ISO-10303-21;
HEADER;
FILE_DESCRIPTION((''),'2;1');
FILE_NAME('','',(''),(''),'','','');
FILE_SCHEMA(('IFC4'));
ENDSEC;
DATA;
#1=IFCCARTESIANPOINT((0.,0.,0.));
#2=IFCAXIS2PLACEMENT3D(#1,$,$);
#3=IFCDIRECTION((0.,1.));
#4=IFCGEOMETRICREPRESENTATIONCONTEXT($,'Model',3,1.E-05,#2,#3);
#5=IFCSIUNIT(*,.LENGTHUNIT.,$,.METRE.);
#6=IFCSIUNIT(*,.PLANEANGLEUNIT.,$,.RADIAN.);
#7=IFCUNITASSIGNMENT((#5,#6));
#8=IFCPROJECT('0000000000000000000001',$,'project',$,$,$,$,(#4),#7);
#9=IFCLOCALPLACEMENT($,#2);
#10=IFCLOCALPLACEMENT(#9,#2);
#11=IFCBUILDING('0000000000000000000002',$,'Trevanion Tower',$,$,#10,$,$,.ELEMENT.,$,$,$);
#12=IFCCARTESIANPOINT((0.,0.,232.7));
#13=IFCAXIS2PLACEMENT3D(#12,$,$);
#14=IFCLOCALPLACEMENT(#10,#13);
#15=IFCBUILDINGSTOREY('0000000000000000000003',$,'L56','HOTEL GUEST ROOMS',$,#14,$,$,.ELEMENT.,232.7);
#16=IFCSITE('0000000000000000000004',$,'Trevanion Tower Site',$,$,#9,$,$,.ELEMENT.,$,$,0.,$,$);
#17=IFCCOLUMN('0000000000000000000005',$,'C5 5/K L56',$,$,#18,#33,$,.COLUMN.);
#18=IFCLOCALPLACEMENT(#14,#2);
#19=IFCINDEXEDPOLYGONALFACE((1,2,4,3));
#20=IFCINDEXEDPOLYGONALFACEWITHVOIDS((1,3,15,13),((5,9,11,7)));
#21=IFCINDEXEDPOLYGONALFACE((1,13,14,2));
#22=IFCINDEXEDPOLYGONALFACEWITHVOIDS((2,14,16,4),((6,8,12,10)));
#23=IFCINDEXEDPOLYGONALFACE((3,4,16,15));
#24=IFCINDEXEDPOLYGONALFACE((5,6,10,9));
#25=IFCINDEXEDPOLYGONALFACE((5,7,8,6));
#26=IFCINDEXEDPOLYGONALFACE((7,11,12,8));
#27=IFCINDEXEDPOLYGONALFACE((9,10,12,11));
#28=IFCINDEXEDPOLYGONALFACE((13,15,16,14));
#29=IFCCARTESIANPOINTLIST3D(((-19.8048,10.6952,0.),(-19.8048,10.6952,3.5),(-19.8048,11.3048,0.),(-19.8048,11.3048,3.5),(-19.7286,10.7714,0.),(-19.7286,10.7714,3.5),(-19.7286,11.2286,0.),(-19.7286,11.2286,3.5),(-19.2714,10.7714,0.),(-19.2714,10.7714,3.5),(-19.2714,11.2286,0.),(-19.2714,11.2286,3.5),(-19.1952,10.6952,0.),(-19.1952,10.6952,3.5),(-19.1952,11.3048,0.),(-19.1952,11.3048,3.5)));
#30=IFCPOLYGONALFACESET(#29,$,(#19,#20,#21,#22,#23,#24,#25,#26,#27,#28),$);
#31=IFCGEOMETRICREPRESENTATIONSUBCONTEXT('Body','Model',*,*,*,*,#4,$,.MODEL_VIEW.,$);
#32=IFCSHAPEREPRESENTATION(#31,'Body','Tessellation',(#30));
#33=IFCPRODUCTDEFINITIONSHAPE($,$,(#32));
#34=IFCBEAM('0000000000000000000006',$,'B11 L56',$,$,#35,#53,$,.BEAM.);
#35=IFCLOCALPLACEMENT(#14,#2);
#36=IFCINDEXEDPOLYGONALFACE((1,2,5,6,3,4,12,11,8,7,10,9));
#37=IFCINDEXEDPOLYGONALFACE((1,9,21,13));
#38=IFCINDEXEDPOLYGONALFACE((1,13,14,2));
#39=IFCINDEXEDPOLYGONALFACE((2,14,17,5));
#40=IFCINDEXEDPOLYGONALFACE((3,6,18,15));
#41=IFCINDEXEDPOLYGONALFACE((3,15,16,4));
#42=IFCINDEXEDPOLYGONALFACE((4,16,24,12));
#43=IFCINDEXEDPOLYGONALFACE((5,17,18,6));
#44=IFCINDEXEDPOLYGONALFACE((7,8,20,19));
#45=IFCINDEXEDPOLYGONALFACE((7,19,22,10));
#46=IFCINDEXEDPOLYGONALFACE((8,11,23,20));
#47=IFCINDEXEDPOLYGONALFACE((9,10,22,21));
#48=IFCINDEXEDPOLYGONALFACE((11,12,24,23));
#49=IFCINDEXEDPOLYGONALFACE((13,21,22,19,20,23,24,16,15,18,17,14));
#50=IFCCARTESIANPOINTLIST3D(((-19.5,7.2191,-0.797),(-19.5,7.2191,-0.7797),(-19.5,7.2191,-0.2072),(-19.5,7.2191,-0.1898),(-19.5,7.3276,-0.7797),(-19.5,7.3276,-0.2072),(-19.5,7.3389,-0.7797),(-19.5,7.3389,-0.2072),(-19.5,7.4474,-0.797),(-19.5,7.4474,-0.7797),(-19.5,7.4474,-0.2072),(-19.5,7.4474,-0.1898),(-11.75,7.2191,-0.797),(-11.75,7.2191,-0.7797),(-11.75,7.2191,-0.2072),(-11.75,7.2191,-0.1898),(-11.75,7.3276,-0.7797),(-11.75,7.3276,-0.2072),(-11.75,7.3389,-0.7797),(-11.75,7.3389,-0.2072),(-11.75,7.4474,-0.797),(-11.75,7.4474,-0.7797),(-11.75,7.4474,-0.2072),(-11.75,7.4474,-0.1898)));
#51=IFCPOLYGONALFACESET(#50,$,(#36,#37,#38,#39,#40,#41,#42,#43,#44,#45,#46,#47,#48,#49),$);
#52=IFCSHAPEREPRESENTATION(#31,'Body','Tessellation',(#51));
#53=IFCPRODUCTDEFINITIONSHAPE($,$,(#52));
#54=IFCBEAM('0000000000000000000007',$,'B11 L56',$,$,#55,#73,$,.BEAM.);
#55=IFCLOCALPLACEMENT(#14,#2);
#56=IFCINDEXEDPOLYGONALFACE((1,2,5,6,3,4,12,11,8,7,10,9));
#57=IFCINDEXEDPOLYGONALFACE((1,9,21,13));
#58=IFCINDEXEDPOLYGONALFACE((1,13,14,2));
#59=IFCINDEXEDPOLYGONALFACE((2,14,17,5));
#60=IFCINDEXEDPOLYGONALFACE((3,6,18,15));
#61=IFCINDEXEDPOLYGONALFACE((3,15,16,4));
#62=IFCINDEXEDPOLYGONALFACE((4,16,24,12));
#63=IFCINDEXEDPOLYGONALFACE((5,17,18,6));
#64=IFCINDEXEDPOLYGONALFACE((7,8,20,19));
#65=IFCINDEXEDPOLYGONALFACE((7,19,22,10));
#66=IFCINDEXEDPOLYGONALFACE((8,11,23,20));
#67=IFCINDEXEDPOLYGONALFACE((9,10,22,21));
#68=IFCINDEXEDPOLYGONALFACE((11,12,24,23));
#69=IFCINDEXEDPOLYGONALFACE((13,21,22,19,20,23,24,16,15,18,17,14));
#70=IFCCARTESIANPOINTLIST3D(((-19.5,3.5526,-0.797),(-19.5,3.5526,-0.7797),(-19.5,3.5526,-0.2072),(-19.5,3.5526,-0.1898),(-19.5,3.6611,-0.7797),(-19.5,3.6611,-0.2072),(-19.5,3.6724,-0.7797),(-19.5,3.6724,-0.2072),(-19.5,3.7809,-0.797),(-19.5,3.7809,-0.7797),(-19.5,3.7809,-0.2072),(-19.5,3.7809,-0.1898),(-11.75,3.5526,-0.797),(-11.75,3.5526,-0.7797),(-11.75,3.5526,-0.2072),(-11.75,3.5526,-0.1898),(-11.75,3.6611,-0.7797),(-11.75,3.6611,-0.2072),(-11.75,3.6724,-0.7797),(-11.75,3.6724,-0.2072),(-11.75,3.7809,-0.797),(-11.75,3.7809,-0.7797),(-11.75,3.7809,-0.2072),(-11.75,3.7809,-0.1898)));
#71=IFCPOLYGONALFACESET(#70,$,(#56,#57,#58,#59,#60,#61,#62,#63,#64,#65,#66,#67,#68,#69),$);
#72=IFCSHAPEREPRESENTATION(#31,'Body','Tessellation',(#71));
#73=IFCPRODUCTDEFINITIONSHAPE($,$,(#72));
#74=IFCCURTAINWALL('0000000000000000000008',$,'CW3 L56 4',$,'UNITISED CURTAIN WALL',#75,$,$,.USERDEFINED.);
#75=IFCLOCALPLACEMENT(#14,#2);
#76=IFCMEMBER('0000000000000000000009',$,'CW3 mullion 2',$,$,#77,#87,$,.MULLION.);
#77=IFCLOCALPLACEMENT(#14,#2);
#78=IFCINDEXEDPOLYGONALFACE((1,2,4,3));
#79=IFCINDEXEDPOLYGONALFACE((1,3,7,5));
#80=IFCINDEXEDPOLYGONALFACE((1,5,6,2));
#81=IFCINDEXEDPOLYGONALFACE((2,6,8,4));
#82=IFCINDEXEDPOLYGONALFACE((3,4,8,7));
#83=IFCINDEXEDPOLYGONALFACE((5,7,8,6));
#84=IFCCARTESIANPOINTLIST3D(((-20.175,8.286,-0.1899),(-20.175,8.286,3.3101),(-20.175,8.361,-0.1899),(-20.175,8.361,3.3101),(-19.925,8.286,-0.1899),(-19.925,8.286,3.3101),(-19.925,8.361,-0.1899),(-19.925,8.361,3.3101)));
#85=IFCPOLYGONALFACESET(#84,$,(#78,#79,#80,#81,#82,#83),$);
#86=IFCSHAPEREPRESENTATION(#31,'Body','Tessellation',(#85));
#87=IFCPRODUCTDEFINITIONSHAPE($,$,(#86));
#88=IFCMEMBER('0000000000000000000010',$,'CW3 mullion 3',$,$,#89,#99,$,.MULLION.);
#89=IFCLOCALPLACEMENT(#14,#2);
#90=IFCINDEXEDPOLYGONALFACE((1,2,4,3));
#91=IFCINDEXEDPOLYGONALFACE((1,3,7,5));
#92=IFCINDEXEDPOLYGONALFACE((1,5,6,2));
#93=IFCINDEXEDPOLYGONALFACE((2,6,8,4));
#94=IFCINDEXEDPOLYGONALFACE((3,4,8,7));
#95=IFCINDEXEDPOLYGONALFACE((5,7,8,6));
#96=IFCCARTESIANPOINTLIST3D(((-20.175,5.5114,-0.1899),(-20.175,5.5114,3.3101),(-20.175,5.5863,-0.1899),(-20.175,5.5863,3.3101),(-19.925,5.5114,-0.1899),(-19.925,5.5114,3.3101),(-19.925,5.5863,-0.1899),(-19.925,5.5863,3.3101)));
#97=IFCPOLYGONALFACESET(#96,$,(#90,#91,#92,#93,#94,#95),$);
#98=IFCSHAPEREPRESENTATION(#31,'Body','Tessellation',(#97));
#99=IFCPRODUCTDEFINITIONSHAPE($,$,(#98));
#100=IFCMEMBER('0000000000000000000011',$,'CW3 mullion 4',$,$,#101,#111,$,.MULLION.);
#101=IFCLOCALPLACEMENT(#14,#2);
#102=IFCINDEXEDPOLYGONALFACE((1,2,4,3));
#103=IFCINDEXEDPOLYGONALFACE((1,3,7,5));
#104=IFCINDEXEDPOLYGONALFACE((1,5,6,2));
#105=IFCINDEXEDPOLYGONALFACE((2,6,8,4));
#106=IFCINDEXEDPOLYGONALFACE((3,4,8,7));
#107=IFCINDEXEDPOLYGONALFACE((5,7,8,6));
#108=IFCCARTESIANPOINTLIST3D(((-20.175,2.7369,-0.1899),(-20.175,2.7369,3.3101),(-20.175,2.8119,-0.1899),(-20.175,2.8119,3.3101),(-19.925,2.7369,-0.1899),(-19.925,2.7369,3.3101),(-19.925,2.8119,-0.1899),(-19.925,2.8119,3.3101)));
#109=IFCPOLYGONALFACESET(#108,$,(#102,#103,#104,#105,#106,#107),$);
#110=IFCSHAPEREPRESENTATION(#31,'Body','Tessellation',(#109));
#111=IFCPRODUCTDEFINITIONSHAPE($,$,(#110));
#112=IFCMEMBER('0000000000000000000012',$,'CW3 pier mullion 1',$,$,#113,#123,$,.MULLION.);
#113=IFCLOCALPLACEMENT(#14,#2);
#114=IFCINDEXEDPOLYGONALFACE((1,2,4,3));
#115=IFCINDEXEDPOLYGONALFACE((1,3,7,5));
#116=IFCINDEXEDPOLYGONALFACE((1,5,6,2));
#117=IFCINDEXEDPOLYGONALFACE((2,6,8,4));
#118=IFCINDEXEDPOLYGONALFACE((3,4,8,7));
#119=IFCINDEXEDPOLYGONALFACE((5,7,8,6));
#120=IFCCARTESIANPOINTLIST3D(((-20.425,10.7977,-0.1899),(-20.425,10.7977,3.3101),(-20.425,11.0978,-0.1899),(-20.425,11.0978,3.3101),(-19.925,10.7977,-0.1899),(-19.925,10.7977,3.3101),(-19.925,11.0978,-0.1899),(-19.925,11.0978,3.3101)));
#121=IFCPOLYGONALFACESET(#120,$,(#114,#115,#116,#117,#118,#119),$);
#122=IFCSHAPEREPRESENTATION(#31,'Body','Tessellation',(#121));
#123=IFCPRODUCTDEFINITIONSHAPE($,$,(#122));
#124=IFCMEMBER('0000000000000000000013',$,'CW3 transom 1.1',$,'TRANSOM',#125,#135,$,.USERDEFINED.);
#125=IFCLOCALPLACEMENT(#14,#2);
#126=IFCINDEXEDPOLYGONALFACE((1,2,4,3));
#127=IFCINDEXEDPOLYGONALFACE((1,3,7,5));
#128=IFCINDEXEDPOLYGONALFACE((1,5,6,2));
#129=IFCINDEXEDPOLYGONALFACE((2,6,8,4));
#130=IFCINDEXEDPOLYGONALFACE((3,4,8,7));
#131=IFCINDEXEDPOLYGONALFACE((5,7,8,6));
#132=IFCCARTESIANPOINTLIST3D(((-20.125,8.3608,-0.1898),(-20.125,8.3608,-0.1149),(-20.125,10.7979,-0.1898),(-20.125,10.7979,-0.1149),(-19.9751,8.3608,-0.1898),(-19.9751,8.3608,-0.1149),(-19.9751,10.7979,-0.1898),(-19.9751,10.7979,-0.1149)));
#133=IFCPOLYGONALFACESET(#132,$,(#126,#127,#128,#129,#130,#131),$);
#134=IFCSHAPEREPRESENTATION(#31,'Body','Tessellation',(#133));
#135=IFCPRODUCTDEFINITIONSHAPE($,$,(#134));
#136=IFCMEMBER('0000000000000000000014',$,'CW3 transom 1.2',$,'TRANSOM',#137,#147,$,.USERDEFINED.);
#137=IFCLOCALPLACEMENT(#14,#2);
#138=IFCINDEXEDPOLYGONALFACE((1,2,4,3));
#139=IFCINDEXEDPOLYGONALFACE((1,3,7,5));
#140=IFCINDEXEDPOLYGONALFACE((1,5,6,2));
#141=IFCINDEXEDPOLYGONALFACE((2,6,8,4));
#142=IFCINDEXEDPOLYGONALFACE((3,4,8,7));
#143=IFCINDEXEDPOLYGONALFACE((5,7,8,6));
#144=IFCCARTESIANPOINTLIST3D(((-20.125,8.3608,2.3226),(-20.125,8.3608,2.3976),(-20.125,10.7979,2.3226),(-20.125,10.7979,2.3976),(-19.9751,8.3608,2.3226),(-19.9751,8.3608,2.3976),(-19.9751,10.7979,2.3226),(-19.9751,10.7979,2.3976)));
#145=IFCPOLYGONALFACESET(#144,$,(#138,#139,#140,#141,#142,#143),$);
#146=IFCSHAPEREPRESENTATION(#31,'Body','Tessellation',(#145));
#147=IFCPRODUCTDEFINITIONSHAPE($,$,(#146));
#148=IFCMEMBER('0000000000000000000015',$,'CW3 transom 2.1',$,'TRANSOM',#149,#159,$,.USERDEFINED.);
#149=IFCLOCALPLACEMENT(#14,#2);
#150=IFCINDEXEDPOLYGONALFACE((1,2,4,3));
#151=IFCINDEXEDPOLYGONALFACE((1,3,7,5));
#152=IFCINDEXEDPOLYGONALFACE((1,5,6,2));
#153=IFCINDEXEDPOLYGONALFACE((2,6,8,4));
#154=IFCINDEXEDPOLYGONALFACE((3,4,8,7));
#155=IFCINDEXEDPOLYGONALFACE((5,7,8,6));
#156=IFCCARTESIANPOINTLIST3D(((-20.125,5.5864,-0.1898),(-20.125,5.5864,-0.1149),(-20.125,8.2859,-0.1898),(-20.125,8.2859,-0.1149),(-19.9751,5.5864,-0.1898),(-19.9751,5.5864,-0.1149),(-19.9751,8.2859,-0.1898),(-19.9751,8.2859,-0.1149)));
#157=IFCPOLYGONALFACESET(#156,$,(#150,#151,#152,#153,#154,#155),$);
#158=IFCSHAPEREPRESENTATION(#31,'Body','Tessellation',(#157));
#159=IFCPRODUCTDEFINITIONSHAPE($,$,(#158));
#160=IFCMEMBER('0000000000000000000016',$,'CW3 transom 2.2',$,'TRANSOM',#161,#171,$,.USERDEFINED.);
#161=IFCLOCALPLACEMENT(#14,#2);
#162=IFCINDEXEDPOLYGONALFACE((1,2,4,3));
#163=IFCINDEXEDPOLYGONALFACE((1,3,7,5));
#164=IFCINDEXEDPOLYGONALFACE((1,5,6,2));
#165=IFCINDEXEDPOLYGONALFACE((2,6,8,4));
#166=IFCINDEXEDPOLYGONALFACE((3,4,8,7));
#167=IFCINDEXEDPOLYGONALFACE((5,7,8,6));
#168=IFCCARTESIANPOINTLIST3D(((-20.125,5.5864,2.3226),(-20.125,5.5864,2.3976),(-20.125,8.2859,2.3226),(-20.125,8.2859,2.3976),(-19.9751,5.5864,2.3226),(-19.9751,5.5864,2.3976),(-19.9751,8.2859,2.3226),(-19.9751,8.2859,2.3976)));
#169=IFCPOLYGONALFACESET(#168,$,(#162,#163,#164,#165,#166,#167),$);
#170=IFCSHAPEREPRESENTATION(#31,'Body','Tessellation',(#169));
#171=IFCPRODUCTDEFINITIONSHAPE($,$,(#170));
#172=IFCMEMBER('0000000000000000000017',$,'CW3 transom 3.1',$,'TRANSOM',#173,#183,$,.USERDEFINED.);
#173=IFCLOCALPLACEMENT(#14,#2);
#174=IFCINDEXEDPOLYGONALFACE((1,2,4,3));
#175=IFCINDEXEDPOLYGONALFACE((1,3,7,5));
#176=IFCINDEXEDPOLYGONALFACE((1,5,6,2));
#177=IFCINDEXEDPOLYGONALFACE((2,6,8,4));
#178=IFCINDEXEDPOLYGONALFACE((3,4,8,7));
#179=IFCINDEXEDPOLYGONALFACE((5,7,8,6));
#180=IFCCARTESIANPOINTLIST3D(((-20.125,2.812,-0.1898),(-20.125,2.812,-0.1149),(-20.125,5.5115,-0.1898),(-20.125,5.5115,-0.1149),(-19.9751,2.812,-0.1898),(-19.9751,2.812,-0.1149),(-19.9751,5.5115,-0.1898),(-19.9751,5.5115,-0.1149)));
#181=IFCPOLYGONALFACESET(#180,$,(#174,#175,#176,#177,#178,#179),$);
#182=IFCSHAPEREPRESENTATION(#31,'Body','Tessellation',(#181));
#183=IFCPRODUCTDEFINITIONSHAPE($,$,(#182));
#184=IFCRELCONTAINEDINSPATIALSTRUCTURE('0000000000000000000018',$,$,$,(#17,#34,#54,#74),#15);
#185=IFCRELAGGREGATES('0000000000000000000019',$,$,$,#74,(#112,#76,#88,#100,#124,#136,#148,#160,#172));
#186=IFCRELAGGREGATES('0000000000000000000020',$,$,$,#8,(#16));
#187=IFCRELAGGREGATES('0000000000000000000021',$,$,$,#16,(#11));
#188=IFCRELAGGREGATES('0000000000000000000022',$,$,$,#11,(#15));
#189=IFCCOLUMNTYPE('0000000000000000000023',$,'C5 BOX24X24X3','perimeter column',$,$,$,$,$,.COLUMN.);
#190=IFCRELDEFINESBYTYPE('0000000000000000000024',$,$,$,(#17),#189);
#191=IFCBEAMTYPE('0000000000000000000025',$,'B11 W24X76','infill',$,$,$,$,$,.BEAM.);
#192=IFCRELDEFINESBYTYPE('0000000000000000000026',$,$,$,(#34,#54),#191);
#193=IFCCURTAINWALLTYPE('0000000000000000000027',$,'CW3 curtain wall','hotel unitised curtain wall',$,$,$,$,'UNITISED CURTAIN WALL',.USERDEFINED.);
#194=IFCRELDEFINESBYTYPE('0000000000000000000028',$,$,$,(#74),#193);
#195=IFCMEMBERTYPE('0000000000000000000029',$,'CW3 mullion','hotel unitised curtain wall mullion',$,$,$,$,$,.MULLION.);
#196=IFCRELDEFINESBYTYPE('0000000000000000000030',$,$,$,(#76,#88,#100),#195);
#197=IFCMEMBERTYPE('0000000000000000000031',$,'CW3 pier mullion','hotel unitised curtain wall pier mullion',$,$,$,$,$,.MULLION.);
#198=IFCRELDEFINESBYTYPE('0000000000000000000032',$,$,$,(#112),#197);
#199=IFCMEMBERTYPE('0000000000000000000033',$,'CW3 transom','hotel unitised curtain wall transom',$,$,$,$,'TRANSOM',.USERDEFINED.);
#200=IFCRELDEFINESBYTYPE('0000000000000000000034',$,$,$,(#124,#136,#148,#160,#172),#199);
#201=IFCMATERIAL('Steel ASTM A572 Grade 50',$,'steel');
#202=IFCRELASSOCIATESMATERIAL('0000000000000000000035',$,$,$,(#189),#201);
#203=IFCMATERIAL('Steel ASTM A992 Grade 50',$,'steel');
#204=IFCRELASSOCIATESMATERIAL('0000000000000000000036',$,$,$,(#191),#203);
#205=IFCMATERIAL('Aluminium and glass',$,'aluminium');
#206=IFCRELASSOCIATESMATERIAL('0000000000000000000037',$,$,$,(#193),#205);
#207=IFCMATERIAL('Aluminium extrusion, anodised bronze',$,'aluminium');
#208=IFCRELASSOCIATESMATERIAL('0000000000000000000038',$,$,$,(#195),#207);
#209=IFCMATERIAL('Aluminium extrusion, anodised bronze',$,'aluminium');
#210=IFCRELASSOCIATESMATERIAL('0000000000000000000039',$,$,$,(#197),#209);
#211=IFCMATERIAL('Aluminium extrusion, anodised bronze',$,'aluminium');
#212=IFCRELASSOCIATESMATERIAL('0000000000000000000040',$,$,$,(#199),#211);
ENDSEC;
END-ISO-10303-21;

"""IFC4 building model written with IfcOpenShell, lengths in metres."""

from ifc_helpers import new_model, si_unit, direction, frame, origin, origin_2d, place, context, subcontext, project, spatial, rectangle, hollow_rectangle, i_section, extrude, material, material_profile, profile_set, type_object, element, aggregate, save


model = new_model("IFC4")

# Units and contexts
model_context = context("Model", 3, precision=1e-05, world=origin(), true_north=direction((0.0, 1.0)))
body_context = subcontext(model_context, "Body", "Model", "MODEL_VIEW")
ifc_project = project(units=[si_unit("LENGTHUNIT", "METRE"), si_unit("PLANEANGLEUNIT", "RADIAN")], contexts=[model_context])

# Site, building, storey
site_placement = place(None, origin())
site = spatial("IfcSite", under=ifc_project, at=site_placement, Name="Trevanion Tower Site", CompositionType="ELEMENT", RefElevation=0.0)
building_placement = place(site_placement, origin())
building = spatial("IfcBuilding", under=site, at=building_placement, Name="Trevanion Tower", CompositionType="ELEMENT")
storey_placement = place(building_placement, frame((0.0, 0.0, 232.7)))
storey = spatial("IfcBuildingStorey", under=building, at=storey_placement, Name="L56", Description="HOTEL GUEST ROOMS", CompositionType="ELEMENT", Elevation=232.7)

# Column
ifc_material_1 = material(Name="Steel ASTM A572 Grade 50", Category="steel")
ifc_material_profile_1 = material_profile(ifc_material_1, hollow_rectangle(XDim=0.6096, YDim=0.6096, WallThickness=0.0762, at=origin_2d()), Name="BOX24X24X3")
ifc_profile_set_1 = profile_set([ifc_material_profile_1], Name="Steel ASTM A572 Grade 50")
column_type = type_object("IfcColumnType", Name="C5 BOX24X24X3", Description="perimeter column", PredefinedType="COLUMN", material=ifc_profile_set_1)
column_placement = place(storey_placement, frame((-19.5, 11.0, 0.0), z_axis=(0.0, 0.0, 1.0), x_axis=(0.0, 1.0, 0.0)))
element("IfcColumn", 1, at=column_placement, inside=storey, type_object=column_type, Name="C5 5/K L56", PredefinedType="COLUMN", context=body_context, shape_type="SweptSolid", body=[
    extrude(hollow_rectangle(XDim=0.6096, YDim=0.6096, WallThickness=0.0762, at=origin_2d()), origin(), (0.0, 0.0, 1.0), 3.5),
])

# Beams
ifc_material_2 = material(Name="Steel ASTM A992 Grade 50", Category="steel")
ifc_material_profile_2 = material_profile(ifc_material_2, i_section(OverallWidth=0.2283, OverallDepth=0.6072, WebThickness=0.0112, FlangeThickness=0.0173, at=origin_2d()), Name="W24X76")
ifc_profile_set_2 = profile_set([ifc_material_profile_2], Name="Steel ASTM A992 Grade 50")
beam_type_1 = type_object("IfcBeamType", Name="B11 W24X76", Description="infill", PredefinedType="BEAM", material=ifc_profile_set_2)
for number, where, z_axis, x_axis, name in (
    (2, (-11.75, 7.3333, -0.4934), (-1.0, 0.0, 0.0), (0.0, -1.0, 0.0), "B11 L56"),
    (3, (-11.75, 3.6667, -0.4934), (-1.0, 0.0, 0.0), (0.0, -1.0, 0.0), "B11 L56"),
):
    element("IfcBeam", number, at=place(storey_placement, frame(where, z_axis=z_axis, x_axis=x_axis)), inside=storey, type_object=beam_type_1, Name=name, PredefinedType="BEAM", context=body_context, shape_type="SweptSolid", body=[
        extrude(i_section(OverallWidth=0.2283, OverallDepth=0.6072, WebThickness=0.0112, FlangeThickness=0.0173, at=origin_2d()), origin(), (0.0, 0.0, 1.0), 7.75),
    ])

# Curtain wall, members
ifc_material_3 = material(Name="Aluminium and glass", Category="aluminium")
curtain_wall_type = type_object("IfcCurtainWallType", Name="CW3 curtain wall", Description="hotel unitised curtain wall", ElementType="UNITISED CURTAIN WALL", PredefinedType="USERDEFINED", material=ifc_material_3)
curtain_wall_placement = place(storey_placement, origin())
curtain_wall = element("IfcCurtainWall", 4, at=curtain_wall_placement, inside=storey, type_object=curtain_wall_type, Name="CW3 L56 4", ObjectType="UNITISED CURTAIN WALL", PredefinedType="USERDEFINED")
ifc_material_4 = material(Name="Aluminium extrusion, anodised bronze", Category="aluminium")
ifc_material_profile_3 = material_profile(ifc_material_4, rectangle(XDim=0.075, YDim=0.25, at=origin_2d()), Name="CW3 mullion")
ifc_profile_set_3 = profile_set([ifc_material_profile_3], Name="Aluminium extrusion, anodised bronze")
member_type_1 = type_object("IfcMemberType", Name="CW3 mullion", Description="hotel unitised curtain wall mullion", PredefinedType="MULLION", material=ifc_profile_set_3)
member_1_placement = place(storey_placement, frame((-20.05, 8.3235, -0.1899), z_axis=(0.0, 0.0, 1.0), x_axis=(0.0, -1.0, 0.0)))
member_1 = element("IfcMember", 5, at=member_1_placement, type_object=member_type_1, Name="CW3 mullion 2", PredefinedType="MULLION", context=body_context, shape_type="SweptSolid", body=[
    extrude(rectangle(XDim=0.075, YDim=0.25, at=origin_2d()), origin(), (0.0, 0.0, 1.0), 3.5),
])
member_2_placement = place(storey_placement, frame((-20.05, 5.5488, -0.1899), z_axis=(0.0, 0.0, 1.0), x_axis=(0.0, -1.0, 0.0)))
member_2 = element("IfcMember", 6, at=member_2_placement, type_object=member_type_1, Name="CW3 mullion 3", PredefinedType="MULLION", context=body_context, shape_type="SweptSolid", body=[
    extrude(rectangle(XDim=0.075, YDim=0.25, at=origin_2d()), origin(), (0.0, 0.0, 1.0), 3.5),
])
member_3_placement = place(storey_placement, frame((-20.05, 2.7744, -0.1899), z_axis=(0.0, 0.0, 1.0), x_axis=(0.0, -1.0, 0.0)))
member_3 = element("IfcMember", 7, at=member_3_placement, type_object=member_type_1, Name="CW3 mullion 4", PredefinedType="MULLION", context=body_context, shape_type="SweptSolid", body=[
    extrude(rectangle(XDim=0.075, YDim=0.25, at=origin_2d()), origin(), (0.0, 0.0, 1.0), 3.5),
])
ifc_material_5 = material(Name="Aluminium extrusion, anodised bronze", Category="aluminium")
ifc_material_profile_4 = material_profile(ifc_material_5, rectangle(XDim=0.3, YDim=0.5, at=origin_2d()), Name="CW3 pier mullion")
ifc_profile_set_4 = profile_set([ifc_material_profile_4], Name="Aluminium extrusion, anodised bronze")
member_type_2 = type_object("IfcMemberType", Name="CW3 pier mullion", Description="hotel unitised curtain wall pier mullion", PredefinedType="MULLION", material=ifc_profile_set_4)
member_4_placement = place(storey_placement, frame((-20.175, 10.9478, -0.1899), z_axis=(0.0, 0.0, 1.0), x_axis=(0.0, -1.0, 0.0)))
member_4 = element("IfcMember", 8, at=member_4_placement, type_object=member_type_2, Name="CW3 pier mullion 1", PredefinedType="MULLION", context=body_context, shape_type="SweptSolid", body=[
    extrude(rectangle(XDim=0.3, YDim=0.5, at=origin_2d()), origin(), (0.0, 0.0, 1.0), 3.5),
])
ifc_material_6 = material(Name="Aluminium extrusion, anodised bronze", Category="aluminium")
ifc_material_profile_5 = material_profile(ifc_material_6, rectangle(XDim=0.1499, YDim=0.075, at=origin_2d()), Name="CW3 transom")
ifc_profile_set_5 = profile_set([ifc_material_profile_5], Name="Aluminium extrusion, anodised bronze")
member_type_3 = type_object("IfcMemberType", Name="CW3 transom", Description="hotel unitised curtain wall transom", ElementType="TRANSOM", PredefinedType="USERDEFINED", material=ifc_profile_set_5)
member_5_placement = place(storey_placement, frame((-20.05, 10.7979, -0.1523), z_axis=(0.0, -1.0, 0.0), x_axis=(1.0, 0.0, 0.0)))
member_5 = element("IfcMember", 9, at=member_5_placement, type_object=member_type_3, Name="CW3 transom 1.1", ObjectType="TRANSOM", PredefinedType="USERDEFINED", context=body_context, shape_type="SweptSolid", body=[
    extrude(rectangle(XDim=0.1499, YDim=0.075, at=origin_2d()), origin(), (0.0, 0.0, 1.0), 2.437),
])
member_6_placement = place(storey_placement, frame((-20.05, 10.7979, 2.3601), z_axis=(0.0, -1.0, 0.0), x_axis=(1.0, 0.0, 0.0)))
member_6 = element("IfcMember", 10, at=member_6_placement, type_object=member_type_3, Name="CW3 transom 1.2", ObjectType="TRANSOM", PredefinedType="USERDEFINED", context=body_context, shape_type="SweptSolid", body=[
    extrude(rectangle(XDim=0.1499, YDim=0.075, at=origin_2d()), origin(), (0.0, 0.0, 1.0), 2.437),
])
member_7_placement = place(storey_placement, frame((-20.05, 8.2859, -0.1523), z_axis=(0.0, -1.0, 0.0), x_axis=(1.0, 0.0, 0.0)))
member_7 = element("IfcMember", 11, at=member_7_placement, type_object=member_type_3, Name="CW3 transom 2.1", ObjectType="TRANSOM", PredefinedType="USERDEFINED", context=body_context, shape_type="SweptSolid", body=[
    extrude(rectangle(XDim=0.1499, YDim=0.075, at=origin_2d()), origin(), (0.0, 0.0, 1.0), 2.6995),
])
member_8_placement = place(storey_placement, frame((-20.05, 8.2859, 2.3601), z_axis=(0.0, -1.0, 0.0), x_axis=(1.0, 0.0, 0.0)))
member_8 = element("IfcMember", 12, at=member_8_placement, type_object=member_type_3, Name="CW3 transom 2.2", ObjectType="TRANSOM", PredefinedType="USERDEFINED", context=body_context, shape_type="SweptSolid", body=[
    extrude(rectangle(XDim=0.1499, YDim=0.075, at=origin_2d()), origin(), (0.0, 0.0, 1.0), 2.6995),
])
member_9_placement = place(storey_placement, frame((-20.05, 5.5115, -0.1523), z_axis=(0.0, -1.0, 0.0), x_axis=(1.0, 0.0, 0.0)))
member_9 = element("IfcMember", 13, at=member_9_placement, type_object=member_type_3, Name="CW3 transom 3.1", ObjectType="TRANSOM", PredefinedType="USERDEFINED", context=body_context, shape_type="SweptSolid", body=[
    extrude(rectangle(XDim=0.1499, YDim=0.075, at=origin_2d()), origin(), (0.0, 0.0, 1.0), 2.6995),
])

aggregate(curtain_wall, [member_4, member_1, member_2, member_3, member_5, member_6, member_7, member_8, member_9])

save(model, "model.ifc")
